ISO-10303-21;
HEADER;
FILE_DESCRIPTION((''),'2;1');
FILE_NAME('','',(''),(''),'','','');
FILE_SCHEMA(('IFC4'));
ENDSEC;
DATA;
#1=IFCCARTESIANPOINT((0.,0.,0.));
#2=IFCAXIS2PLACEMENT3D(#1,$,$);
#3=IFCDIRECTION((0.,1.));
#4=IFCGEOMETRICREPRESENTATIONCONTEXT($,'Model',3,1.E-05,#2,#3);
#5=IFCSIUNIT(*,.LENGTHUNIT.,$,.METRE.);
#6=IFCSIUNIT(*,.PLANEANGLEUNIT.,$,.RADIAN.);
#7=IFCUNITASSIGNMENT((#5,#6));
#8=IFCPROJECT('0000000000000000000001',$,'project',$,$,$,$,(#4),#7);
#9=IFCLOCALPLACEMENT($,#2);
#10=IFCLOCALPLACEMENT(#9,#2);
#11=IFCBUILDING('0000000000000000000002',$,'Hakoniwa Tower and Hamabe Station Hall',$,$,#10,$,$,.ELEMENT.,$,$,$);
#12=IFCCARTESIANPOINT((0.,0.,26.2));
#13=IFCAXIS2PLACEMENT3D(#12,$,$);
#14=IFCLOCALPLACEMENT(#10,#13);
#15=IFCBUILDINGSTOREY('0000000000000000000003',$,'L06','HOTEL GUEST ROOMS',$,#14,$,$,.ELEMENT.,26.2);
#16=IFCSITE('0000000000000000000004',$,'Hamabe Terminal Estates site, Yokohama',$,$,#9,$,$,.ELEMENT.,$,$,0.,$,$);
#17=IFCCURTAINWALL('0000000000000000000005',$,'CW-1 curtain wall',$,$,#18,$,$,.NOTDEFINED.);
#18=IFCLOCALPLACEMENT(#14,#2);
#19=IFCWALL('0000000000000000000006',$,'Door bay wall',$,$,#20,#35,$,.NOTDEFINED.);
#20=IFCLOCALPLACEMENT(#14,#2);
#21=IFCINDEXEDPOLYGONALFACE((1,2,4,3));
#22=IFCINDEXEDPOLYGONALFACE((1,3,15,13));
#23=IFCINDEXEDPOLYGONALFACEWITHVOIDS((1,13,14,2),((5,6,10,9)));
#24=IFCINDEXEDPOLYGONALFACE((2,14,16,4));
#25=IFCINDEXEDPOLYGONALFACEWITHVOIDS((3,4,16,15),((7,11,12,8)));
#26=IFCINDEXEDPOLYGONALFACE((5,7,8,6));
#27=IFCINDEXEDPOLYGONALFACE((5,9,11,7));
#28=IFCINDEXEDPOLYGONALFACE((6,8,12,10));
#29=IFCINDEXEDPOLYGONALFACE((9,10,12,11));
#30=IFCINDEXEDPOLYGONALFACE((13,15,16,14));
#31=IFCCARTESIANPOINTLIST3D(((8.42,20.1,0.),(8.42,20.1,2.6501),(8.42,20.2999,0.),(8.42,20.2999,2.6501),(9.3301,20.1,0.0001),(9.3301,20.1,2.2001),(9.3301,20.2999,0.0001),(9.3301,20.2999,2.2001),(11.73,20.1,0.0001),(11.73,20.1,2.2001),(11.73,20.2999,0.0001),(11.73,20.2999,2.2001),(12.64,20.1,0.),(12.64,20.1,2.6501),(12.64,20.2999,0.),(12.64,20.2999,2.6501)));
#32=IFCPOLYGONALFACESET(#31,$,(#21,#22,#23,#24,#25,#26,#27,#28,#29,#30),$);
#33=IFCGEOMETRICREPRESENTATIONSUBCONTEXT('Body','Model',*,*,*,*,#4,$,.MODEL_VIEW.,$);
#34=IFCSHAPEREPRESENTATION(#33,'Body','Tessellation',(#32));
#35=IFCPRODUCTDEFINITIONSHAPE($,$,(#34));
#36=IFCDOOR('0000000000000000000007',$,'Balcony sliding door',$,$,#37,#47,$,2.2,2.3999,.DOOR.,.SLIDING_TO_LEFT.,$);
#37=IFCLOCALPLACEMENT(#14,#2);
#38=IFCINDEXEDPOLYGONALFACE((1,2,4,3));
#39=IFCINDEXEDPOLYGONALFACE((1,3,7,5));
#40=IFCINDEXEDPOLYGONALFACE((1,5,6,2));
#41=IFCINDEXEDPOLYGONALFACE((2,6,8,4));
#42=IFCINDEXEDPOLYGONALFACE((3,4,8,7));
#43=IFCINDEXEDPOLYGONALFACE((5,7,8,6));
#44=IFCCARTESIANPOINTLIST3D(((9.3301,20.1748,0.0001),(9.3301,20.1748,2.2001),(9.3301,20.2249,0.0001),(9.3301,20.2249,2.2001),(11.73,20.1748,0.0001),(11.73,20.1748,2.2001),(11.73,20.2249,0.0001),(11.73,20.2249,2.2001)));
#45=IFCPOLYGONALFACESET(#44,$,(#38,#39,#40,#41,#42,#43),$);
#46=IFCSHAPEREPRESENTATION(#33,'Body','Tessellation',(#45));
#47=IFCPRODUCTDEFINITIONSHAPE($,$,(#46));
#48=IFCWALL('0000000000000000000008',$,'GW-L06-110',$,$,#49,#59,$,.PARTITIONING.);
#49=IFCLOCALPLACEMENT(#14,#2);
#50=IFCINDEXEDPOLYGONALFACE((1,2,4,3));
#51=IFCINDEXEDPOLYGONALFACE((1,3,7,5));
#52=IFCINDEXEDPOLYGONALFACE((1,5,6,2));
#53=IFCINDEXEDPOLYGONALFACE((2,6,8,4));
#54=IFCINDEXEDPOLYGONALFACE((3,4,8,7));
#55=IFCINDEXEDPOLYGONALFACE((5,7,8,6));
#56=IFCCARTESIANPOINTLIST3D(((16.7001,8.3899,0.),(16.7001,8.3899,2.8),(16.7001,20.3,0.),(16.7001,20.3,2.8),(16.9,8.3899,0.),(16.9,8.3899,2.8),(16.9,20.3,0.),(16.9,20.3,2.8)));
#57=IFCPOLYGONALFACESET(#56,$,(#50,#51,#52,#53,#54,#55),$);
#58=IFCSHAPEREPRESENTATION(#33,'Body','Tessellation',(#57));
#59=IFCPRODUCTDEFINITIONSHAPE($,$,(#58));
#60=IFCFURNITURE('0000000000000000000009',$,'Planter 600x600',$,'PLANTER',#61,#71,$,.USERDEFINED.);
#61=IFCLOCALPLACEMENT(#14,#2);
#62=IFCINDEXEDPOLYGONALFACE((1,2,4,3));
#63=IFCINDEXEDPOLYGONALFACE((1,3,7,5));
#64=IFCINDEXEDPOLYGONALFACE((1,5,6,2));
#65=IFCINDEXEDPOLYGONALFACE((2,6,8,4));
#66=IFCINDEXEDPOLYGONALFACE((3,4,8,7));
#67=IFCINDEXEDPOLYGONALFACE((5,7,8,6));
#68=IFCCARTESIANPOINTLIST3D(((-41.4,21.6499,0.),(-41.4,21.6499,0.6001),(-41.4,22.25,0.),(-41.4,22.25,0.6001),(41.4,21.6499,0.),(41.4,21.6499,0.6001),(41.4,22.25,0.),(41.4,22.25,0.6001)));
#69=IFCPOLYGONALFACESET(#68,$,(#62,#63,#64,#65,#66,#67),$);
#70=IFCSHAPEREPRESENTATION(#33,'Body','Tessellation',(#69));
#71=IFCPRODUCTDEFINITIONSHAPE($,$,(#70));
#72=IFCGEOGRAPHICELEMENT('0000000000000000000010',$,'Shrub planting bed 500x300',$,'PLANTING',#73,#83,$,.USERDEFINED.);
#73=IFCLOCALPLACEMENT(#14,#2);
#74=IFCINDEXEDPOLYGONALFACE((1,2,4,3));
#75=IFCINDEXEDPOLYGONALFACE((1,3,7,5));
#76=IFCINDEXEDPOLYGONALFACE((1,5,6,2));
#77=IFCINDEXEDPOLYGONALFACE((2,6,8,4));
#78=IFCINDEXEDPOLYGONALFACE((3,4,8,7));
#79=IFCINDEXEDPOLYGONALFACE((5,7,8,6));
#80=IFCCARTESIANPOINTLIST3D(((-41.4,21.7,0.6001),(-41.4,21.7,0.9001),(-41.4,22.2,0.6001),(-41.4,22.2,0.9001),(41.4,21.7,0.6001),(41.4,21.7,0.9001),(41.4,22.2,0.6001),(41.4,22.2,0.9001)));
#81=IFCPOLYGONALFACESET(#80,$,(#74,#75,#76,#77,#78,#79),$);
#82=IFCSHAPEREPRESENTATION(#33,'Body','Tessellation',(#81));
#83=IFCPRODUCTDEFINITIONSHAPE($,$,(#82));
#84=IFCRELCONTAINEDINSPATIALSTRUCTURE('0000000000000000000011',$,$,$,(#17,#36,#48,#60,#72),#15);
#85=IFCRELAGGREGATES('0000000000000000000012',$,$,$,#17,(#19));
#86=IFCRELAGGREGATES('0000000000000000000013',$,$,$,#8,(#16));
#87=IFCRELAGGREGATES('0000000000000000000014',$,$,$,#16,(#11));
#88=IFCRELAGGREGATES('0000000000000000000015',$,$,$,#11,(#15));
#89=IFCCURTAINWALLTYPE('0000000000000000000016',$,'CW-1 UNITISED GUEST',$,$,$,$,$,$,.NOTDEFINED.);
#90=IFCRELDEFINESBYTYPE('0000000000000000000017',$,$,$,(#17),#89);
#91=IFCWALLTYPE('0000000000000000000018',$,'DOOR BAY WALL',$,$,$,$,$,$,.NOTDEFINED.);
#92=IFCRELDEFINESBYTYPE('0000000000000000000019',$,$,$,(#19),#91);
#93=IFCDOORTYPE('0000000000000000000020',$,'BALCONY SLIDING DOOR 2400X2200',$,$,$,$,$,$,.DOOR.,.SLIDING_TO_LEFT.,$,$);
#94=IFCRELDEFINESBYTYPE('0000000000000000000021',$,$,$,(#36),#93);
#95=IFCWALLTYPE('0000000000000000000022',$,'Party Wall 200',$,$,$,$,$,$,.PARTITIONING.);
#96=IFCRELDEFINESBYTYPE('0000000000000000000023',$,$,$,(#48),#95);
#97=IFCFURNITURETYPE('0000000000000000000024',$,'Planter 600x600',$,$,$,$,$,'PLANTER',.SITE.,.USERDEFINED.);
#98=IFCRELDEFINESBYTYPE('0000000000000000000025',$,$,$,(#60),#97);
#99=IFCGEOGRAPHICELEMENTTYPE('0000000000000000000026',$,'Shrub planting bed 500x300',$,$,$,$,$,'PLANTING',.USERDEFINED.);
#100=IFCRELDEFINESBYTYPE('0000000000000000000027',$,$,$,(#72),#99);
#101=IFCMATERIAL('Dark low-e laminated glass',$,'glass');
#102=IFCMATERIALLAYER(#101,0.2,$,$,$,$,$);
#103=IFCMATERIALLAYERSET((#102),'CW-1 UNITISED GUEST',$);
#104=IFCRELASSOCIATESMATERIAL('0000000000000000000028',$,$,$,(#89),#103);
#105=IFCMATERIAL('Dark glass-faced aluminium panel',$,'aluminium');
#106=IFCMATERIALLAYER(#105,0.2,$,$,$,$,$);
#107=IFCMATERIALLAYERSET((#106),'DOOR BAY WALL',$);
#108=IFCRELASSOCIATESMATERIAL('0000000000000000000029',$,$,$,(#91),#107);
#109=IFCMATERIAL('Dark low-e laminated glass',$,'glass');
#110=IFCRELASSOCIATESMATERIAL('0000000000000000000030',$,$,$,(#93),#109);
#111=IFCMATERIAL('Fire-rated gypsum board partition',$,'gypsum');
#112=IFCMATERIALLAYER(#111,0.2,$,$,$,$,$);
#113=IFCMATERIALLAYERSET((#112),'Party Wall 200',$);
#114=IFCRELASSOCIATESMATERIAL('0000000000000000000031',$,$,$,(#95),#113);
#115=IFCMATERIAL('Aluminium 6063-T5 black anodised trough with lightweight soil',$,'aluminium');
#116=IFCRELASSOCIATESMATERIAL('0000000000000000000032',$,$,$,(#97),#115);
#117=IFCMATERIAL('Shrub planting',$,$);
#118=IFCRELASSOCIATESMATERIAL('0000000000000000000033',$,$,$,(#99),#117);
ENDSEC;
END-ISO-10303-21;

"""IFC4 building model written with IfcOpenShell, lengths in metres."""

from ifc_helpers import new_model, si_unit, direction, frame, frame_2d, origin, origin_2d, place, context, subcontext, project, spatial, rectangle, extrude, material, layer, layer_set, type_object, element, fill, aggregate, save


model = new_model("IFC4")

# Units and contexts
model_context = context("Model", 3, precision=1e-05, world=origin(), true_north=direction((0.0, 1.0)))
body_context = subcontext(model_context, "Body", "Model", "MODEL_VIEW")
ifc_project = project(units=[si_unit("LENGTHUNIT", "METRE"), si_unit("PLANEANGLEUNIT", "RADIAN")], contexts=[model_context])

# Site, building, storey
site_placement = place(None, origin())
site = spatial("IfcSite", under=ifc_project, at=site_placement, Name="Hamabe Terminal Estates site, Yokohama", CompositionType="ELEMENT", RefElevation=0.0)
building_placement = place(site_placement, origin())
building = spatial("IfcBuilding", under=site, at=building_placement, Name="Hakoniwa Tower and Hamabe Station Hall", CompositionType="ELEMENT")
storey_placement = place(building_placement, frame((0.0, 0.0, 26.2)))
storey = spatial("IfcBuildingStorey", under=building, at=storey_placement, Name="L06", Description="HOTEL GUEST ROOMS", CompositionType="ELEMENT", Elevation=26.2)

# Curtain wall
ifc_material_1 = material(Name="Dark low-e laminated glass", Category="glass")
ifc_layer_1 = layer(ifc_material_1, 0.2)
ifc_layer_set_1 = layer_set([ifc_layer_1], Name="CW-1 UNITISED GUEST")
curtain_wall_type = type_object("IfcCurtainWallType", Name="CW-1 UNITISED GUEST", PredefinedType="NOTDEFINED", material=ifc_layer_set_1)
curtain_wall_placement = place(storey_placement, origin())
curtain_wall = element("IfcCurtainWall", 1, at=curtain_wall_placement, inside=storey, type_object=curtain_wall_type, Name="CW-1 curtain wall", PredefinedType="NOTDEFINED")

# Wall, opening, door
ifc_material_2 = material(Name="Dark glass-faced aluminium panel", Category="aluminium")
ifc_layer_2 = layer(ifc_material_2, 0.2)
ifc_layer_set_2 = layer_set([ifc_layer_2], Name="DOOR BAY WALL")
wall_type_1 = type_object("IfcWallType", Name="DOOR BAY WALL", PredefinedType="NOTDEFINED", material=ifc_layer_set_2)
ifc_material_3 = material(Name="Dark low-e laminated glass", Category="glass")
door_type_1 = type_object("IfcDoorType", Name="BALCONY SLIDING DOOR 2400X2200", OperationType="SLIDING_TO_LEFT", PredefinedType="DOOR", material=ifc_material_3)
wall_1_placement = place(storey_placement, frame((12.6399, 20.2, 0.0), z_axis=(0.0, 0.0, 1.0), x_axis=(-1.0, 0.0, 0.0)))
wall_1 = element("IfcWall", 2, at=wall_1_placement, type_object=wall_type_1, Name="Door bay wall", PredefinedType="NOTDEFINED", context=body_context, shape_type="SweptSolid", body=[
    extrude(rectangle(XDim=4.22, YDim=0.2, at=frame_2d((2.1099, 0.0))), origin(), (0.0, 0.0, 1.0), 2.6501),
])
opening_1_placement = place(wall_1_placement, frame((0.9099, 0.0, 0.0)))
opening_1 = element("IfcOpeningElement", 3, at=opening_1_placement, cuts=wall_1, PredefinedType="OPENING", context=body_context, shape_type="SweptSolid", body=[
    extrude(rectangle(XDim=2.3999, YDim=2.2, at=frame_2d((1.2, 1.1001))), frame((0.0, 0.1099, 0.0), z_axis=(0.0, -1.0, 0.0), x_axis=(1.0, 0.0, 0.0)), (0.0, 0.0, 1.0), 0.22),
])
door_1_placement = place(opening_1_placement, frame((2.3999, 0.0, 0.0), z_axis=(0.0, 0.0, 1.0), x_axis=(-1.0, 0.0, 0.0)))
door_1 = element("IfcDoor", 4, at=door_1_placement, inside=storey, type_object=door_type_1, Name="Balcony sliding door", OperationType="SLIDING_TO_LEFT", OverallHeight=2.2, OverallWidth=2.3999, PredefinedType="DOOR", context=body_context, shape_type="SweptSolid", body=[
    extrude(rectangle(XDim=2.3999, YDim=2.2, at=frame_2d((1.2, 1.1001))), frame((0.0, 0.0249, 0.0), z_axis=(0.0, -1.0, 0.0), x_axis=(1.0, 0.0, 0.0)), (0.0, 0.0, 1.0), 0.05),
])
fill(opening_1, door_1)
aggregate(curtain_wall, [wall_1])

# Wall
ifc_material_4 = material(Name="Fire-rated gypsum board partition", Category="gypsum")
ifc_layer_3 = layer(ifc_material_4, 0.2)
ifc_layer_set_3 = layer_set([ifc_layer_3], Name="Party Wall 200")
wall_type_2 = type_object("IfcWallType", Name="Party Wall 200", PredefinedType="PARTITIONING", material=ifc_layer_set_3)
wall_2_placement = place(storey_placement, frame((16.8, 8.3899, 0.0), z_axis=(0.0, 0.0, 1.0), x_axis=(0.0, 1.0, 0.0)))
element("IfcWall", 5, at=wall_2_placement, inside=storey, type_object=wall_type_2, Name="GW-L06-110", PredefinedType="PARTITIONING", context=body_context, shape_type="SweptSolid", body=[
    extrude(rectangle(XDim=11.9102, YDim=0.2, at=frame_2d((5.9551, 0.0))), origin(), (0.0, 0.0, 1.0), 2.8),
])

# Furniture
ifc_material_5 = material(Name="Aluminium 6063-T5 black anodised trough with lightweight soil", Category="aluminium")
furniture_type = type_object("IfcFurnitureType", Name="Planter 600x600", ElementType="PLANTER", AssemblyPlace="SITE", PredefinedType="USERDEFINED", material=ifc_material_5)
furniture_placement = place(storey_placement, frame((0.0, 21.95, 0.0), z_axis=(0.0, 0.0, 1.0), x_axis=(1.0, 0.0, 0.0)))
element("IfcFurniture", 6, at=furniture_placement, inside=storey, type_object=furniture_type, Name="Planter 600x600", ObjectType="PLANTER", PredefinedType="USERDEFINED", context=body_context, shape_type="SweptSolid", body=[
    extrude(rectangle(XDim=82.8, YDim=0.6001, at=origin_2d()), origin(), (0.0, 0.0, 1.0), 0.6001),
])

# Geographic element
ifc_material_6 = material(Name="Shrub planting")
geographic_element_type = type_object("IfcGeographicElementType", Name="Shrub planting bed 500x300", ElementType="PLANTING", PredefinedType="USERDEFINED", material=ifc_material_6)
geographic_element_placement = place(storey_placement, frame((0.0, 21.95, 0.6001), z_axis=(0.0, 0.0, 1.0), x_axis=(1.0, 0.0, 0.0)))
element("IfcGeographicElement", 7, at=geographic_element_placement, inside=storey, type_object=geographic_element_type, Name="Shrub planting bed 500x300", ObjectType="PLANTING", PredefinedType="USERDEFINED", context=body_context, shape_type="SweptSolid", body=[
    extrude(rectangle(XDim=82.8, YDim=0.5, at=origin_2d()), origin(), (0.0, 0.0, 1.0), 0.3),
])

save(model, "model.ifc")
